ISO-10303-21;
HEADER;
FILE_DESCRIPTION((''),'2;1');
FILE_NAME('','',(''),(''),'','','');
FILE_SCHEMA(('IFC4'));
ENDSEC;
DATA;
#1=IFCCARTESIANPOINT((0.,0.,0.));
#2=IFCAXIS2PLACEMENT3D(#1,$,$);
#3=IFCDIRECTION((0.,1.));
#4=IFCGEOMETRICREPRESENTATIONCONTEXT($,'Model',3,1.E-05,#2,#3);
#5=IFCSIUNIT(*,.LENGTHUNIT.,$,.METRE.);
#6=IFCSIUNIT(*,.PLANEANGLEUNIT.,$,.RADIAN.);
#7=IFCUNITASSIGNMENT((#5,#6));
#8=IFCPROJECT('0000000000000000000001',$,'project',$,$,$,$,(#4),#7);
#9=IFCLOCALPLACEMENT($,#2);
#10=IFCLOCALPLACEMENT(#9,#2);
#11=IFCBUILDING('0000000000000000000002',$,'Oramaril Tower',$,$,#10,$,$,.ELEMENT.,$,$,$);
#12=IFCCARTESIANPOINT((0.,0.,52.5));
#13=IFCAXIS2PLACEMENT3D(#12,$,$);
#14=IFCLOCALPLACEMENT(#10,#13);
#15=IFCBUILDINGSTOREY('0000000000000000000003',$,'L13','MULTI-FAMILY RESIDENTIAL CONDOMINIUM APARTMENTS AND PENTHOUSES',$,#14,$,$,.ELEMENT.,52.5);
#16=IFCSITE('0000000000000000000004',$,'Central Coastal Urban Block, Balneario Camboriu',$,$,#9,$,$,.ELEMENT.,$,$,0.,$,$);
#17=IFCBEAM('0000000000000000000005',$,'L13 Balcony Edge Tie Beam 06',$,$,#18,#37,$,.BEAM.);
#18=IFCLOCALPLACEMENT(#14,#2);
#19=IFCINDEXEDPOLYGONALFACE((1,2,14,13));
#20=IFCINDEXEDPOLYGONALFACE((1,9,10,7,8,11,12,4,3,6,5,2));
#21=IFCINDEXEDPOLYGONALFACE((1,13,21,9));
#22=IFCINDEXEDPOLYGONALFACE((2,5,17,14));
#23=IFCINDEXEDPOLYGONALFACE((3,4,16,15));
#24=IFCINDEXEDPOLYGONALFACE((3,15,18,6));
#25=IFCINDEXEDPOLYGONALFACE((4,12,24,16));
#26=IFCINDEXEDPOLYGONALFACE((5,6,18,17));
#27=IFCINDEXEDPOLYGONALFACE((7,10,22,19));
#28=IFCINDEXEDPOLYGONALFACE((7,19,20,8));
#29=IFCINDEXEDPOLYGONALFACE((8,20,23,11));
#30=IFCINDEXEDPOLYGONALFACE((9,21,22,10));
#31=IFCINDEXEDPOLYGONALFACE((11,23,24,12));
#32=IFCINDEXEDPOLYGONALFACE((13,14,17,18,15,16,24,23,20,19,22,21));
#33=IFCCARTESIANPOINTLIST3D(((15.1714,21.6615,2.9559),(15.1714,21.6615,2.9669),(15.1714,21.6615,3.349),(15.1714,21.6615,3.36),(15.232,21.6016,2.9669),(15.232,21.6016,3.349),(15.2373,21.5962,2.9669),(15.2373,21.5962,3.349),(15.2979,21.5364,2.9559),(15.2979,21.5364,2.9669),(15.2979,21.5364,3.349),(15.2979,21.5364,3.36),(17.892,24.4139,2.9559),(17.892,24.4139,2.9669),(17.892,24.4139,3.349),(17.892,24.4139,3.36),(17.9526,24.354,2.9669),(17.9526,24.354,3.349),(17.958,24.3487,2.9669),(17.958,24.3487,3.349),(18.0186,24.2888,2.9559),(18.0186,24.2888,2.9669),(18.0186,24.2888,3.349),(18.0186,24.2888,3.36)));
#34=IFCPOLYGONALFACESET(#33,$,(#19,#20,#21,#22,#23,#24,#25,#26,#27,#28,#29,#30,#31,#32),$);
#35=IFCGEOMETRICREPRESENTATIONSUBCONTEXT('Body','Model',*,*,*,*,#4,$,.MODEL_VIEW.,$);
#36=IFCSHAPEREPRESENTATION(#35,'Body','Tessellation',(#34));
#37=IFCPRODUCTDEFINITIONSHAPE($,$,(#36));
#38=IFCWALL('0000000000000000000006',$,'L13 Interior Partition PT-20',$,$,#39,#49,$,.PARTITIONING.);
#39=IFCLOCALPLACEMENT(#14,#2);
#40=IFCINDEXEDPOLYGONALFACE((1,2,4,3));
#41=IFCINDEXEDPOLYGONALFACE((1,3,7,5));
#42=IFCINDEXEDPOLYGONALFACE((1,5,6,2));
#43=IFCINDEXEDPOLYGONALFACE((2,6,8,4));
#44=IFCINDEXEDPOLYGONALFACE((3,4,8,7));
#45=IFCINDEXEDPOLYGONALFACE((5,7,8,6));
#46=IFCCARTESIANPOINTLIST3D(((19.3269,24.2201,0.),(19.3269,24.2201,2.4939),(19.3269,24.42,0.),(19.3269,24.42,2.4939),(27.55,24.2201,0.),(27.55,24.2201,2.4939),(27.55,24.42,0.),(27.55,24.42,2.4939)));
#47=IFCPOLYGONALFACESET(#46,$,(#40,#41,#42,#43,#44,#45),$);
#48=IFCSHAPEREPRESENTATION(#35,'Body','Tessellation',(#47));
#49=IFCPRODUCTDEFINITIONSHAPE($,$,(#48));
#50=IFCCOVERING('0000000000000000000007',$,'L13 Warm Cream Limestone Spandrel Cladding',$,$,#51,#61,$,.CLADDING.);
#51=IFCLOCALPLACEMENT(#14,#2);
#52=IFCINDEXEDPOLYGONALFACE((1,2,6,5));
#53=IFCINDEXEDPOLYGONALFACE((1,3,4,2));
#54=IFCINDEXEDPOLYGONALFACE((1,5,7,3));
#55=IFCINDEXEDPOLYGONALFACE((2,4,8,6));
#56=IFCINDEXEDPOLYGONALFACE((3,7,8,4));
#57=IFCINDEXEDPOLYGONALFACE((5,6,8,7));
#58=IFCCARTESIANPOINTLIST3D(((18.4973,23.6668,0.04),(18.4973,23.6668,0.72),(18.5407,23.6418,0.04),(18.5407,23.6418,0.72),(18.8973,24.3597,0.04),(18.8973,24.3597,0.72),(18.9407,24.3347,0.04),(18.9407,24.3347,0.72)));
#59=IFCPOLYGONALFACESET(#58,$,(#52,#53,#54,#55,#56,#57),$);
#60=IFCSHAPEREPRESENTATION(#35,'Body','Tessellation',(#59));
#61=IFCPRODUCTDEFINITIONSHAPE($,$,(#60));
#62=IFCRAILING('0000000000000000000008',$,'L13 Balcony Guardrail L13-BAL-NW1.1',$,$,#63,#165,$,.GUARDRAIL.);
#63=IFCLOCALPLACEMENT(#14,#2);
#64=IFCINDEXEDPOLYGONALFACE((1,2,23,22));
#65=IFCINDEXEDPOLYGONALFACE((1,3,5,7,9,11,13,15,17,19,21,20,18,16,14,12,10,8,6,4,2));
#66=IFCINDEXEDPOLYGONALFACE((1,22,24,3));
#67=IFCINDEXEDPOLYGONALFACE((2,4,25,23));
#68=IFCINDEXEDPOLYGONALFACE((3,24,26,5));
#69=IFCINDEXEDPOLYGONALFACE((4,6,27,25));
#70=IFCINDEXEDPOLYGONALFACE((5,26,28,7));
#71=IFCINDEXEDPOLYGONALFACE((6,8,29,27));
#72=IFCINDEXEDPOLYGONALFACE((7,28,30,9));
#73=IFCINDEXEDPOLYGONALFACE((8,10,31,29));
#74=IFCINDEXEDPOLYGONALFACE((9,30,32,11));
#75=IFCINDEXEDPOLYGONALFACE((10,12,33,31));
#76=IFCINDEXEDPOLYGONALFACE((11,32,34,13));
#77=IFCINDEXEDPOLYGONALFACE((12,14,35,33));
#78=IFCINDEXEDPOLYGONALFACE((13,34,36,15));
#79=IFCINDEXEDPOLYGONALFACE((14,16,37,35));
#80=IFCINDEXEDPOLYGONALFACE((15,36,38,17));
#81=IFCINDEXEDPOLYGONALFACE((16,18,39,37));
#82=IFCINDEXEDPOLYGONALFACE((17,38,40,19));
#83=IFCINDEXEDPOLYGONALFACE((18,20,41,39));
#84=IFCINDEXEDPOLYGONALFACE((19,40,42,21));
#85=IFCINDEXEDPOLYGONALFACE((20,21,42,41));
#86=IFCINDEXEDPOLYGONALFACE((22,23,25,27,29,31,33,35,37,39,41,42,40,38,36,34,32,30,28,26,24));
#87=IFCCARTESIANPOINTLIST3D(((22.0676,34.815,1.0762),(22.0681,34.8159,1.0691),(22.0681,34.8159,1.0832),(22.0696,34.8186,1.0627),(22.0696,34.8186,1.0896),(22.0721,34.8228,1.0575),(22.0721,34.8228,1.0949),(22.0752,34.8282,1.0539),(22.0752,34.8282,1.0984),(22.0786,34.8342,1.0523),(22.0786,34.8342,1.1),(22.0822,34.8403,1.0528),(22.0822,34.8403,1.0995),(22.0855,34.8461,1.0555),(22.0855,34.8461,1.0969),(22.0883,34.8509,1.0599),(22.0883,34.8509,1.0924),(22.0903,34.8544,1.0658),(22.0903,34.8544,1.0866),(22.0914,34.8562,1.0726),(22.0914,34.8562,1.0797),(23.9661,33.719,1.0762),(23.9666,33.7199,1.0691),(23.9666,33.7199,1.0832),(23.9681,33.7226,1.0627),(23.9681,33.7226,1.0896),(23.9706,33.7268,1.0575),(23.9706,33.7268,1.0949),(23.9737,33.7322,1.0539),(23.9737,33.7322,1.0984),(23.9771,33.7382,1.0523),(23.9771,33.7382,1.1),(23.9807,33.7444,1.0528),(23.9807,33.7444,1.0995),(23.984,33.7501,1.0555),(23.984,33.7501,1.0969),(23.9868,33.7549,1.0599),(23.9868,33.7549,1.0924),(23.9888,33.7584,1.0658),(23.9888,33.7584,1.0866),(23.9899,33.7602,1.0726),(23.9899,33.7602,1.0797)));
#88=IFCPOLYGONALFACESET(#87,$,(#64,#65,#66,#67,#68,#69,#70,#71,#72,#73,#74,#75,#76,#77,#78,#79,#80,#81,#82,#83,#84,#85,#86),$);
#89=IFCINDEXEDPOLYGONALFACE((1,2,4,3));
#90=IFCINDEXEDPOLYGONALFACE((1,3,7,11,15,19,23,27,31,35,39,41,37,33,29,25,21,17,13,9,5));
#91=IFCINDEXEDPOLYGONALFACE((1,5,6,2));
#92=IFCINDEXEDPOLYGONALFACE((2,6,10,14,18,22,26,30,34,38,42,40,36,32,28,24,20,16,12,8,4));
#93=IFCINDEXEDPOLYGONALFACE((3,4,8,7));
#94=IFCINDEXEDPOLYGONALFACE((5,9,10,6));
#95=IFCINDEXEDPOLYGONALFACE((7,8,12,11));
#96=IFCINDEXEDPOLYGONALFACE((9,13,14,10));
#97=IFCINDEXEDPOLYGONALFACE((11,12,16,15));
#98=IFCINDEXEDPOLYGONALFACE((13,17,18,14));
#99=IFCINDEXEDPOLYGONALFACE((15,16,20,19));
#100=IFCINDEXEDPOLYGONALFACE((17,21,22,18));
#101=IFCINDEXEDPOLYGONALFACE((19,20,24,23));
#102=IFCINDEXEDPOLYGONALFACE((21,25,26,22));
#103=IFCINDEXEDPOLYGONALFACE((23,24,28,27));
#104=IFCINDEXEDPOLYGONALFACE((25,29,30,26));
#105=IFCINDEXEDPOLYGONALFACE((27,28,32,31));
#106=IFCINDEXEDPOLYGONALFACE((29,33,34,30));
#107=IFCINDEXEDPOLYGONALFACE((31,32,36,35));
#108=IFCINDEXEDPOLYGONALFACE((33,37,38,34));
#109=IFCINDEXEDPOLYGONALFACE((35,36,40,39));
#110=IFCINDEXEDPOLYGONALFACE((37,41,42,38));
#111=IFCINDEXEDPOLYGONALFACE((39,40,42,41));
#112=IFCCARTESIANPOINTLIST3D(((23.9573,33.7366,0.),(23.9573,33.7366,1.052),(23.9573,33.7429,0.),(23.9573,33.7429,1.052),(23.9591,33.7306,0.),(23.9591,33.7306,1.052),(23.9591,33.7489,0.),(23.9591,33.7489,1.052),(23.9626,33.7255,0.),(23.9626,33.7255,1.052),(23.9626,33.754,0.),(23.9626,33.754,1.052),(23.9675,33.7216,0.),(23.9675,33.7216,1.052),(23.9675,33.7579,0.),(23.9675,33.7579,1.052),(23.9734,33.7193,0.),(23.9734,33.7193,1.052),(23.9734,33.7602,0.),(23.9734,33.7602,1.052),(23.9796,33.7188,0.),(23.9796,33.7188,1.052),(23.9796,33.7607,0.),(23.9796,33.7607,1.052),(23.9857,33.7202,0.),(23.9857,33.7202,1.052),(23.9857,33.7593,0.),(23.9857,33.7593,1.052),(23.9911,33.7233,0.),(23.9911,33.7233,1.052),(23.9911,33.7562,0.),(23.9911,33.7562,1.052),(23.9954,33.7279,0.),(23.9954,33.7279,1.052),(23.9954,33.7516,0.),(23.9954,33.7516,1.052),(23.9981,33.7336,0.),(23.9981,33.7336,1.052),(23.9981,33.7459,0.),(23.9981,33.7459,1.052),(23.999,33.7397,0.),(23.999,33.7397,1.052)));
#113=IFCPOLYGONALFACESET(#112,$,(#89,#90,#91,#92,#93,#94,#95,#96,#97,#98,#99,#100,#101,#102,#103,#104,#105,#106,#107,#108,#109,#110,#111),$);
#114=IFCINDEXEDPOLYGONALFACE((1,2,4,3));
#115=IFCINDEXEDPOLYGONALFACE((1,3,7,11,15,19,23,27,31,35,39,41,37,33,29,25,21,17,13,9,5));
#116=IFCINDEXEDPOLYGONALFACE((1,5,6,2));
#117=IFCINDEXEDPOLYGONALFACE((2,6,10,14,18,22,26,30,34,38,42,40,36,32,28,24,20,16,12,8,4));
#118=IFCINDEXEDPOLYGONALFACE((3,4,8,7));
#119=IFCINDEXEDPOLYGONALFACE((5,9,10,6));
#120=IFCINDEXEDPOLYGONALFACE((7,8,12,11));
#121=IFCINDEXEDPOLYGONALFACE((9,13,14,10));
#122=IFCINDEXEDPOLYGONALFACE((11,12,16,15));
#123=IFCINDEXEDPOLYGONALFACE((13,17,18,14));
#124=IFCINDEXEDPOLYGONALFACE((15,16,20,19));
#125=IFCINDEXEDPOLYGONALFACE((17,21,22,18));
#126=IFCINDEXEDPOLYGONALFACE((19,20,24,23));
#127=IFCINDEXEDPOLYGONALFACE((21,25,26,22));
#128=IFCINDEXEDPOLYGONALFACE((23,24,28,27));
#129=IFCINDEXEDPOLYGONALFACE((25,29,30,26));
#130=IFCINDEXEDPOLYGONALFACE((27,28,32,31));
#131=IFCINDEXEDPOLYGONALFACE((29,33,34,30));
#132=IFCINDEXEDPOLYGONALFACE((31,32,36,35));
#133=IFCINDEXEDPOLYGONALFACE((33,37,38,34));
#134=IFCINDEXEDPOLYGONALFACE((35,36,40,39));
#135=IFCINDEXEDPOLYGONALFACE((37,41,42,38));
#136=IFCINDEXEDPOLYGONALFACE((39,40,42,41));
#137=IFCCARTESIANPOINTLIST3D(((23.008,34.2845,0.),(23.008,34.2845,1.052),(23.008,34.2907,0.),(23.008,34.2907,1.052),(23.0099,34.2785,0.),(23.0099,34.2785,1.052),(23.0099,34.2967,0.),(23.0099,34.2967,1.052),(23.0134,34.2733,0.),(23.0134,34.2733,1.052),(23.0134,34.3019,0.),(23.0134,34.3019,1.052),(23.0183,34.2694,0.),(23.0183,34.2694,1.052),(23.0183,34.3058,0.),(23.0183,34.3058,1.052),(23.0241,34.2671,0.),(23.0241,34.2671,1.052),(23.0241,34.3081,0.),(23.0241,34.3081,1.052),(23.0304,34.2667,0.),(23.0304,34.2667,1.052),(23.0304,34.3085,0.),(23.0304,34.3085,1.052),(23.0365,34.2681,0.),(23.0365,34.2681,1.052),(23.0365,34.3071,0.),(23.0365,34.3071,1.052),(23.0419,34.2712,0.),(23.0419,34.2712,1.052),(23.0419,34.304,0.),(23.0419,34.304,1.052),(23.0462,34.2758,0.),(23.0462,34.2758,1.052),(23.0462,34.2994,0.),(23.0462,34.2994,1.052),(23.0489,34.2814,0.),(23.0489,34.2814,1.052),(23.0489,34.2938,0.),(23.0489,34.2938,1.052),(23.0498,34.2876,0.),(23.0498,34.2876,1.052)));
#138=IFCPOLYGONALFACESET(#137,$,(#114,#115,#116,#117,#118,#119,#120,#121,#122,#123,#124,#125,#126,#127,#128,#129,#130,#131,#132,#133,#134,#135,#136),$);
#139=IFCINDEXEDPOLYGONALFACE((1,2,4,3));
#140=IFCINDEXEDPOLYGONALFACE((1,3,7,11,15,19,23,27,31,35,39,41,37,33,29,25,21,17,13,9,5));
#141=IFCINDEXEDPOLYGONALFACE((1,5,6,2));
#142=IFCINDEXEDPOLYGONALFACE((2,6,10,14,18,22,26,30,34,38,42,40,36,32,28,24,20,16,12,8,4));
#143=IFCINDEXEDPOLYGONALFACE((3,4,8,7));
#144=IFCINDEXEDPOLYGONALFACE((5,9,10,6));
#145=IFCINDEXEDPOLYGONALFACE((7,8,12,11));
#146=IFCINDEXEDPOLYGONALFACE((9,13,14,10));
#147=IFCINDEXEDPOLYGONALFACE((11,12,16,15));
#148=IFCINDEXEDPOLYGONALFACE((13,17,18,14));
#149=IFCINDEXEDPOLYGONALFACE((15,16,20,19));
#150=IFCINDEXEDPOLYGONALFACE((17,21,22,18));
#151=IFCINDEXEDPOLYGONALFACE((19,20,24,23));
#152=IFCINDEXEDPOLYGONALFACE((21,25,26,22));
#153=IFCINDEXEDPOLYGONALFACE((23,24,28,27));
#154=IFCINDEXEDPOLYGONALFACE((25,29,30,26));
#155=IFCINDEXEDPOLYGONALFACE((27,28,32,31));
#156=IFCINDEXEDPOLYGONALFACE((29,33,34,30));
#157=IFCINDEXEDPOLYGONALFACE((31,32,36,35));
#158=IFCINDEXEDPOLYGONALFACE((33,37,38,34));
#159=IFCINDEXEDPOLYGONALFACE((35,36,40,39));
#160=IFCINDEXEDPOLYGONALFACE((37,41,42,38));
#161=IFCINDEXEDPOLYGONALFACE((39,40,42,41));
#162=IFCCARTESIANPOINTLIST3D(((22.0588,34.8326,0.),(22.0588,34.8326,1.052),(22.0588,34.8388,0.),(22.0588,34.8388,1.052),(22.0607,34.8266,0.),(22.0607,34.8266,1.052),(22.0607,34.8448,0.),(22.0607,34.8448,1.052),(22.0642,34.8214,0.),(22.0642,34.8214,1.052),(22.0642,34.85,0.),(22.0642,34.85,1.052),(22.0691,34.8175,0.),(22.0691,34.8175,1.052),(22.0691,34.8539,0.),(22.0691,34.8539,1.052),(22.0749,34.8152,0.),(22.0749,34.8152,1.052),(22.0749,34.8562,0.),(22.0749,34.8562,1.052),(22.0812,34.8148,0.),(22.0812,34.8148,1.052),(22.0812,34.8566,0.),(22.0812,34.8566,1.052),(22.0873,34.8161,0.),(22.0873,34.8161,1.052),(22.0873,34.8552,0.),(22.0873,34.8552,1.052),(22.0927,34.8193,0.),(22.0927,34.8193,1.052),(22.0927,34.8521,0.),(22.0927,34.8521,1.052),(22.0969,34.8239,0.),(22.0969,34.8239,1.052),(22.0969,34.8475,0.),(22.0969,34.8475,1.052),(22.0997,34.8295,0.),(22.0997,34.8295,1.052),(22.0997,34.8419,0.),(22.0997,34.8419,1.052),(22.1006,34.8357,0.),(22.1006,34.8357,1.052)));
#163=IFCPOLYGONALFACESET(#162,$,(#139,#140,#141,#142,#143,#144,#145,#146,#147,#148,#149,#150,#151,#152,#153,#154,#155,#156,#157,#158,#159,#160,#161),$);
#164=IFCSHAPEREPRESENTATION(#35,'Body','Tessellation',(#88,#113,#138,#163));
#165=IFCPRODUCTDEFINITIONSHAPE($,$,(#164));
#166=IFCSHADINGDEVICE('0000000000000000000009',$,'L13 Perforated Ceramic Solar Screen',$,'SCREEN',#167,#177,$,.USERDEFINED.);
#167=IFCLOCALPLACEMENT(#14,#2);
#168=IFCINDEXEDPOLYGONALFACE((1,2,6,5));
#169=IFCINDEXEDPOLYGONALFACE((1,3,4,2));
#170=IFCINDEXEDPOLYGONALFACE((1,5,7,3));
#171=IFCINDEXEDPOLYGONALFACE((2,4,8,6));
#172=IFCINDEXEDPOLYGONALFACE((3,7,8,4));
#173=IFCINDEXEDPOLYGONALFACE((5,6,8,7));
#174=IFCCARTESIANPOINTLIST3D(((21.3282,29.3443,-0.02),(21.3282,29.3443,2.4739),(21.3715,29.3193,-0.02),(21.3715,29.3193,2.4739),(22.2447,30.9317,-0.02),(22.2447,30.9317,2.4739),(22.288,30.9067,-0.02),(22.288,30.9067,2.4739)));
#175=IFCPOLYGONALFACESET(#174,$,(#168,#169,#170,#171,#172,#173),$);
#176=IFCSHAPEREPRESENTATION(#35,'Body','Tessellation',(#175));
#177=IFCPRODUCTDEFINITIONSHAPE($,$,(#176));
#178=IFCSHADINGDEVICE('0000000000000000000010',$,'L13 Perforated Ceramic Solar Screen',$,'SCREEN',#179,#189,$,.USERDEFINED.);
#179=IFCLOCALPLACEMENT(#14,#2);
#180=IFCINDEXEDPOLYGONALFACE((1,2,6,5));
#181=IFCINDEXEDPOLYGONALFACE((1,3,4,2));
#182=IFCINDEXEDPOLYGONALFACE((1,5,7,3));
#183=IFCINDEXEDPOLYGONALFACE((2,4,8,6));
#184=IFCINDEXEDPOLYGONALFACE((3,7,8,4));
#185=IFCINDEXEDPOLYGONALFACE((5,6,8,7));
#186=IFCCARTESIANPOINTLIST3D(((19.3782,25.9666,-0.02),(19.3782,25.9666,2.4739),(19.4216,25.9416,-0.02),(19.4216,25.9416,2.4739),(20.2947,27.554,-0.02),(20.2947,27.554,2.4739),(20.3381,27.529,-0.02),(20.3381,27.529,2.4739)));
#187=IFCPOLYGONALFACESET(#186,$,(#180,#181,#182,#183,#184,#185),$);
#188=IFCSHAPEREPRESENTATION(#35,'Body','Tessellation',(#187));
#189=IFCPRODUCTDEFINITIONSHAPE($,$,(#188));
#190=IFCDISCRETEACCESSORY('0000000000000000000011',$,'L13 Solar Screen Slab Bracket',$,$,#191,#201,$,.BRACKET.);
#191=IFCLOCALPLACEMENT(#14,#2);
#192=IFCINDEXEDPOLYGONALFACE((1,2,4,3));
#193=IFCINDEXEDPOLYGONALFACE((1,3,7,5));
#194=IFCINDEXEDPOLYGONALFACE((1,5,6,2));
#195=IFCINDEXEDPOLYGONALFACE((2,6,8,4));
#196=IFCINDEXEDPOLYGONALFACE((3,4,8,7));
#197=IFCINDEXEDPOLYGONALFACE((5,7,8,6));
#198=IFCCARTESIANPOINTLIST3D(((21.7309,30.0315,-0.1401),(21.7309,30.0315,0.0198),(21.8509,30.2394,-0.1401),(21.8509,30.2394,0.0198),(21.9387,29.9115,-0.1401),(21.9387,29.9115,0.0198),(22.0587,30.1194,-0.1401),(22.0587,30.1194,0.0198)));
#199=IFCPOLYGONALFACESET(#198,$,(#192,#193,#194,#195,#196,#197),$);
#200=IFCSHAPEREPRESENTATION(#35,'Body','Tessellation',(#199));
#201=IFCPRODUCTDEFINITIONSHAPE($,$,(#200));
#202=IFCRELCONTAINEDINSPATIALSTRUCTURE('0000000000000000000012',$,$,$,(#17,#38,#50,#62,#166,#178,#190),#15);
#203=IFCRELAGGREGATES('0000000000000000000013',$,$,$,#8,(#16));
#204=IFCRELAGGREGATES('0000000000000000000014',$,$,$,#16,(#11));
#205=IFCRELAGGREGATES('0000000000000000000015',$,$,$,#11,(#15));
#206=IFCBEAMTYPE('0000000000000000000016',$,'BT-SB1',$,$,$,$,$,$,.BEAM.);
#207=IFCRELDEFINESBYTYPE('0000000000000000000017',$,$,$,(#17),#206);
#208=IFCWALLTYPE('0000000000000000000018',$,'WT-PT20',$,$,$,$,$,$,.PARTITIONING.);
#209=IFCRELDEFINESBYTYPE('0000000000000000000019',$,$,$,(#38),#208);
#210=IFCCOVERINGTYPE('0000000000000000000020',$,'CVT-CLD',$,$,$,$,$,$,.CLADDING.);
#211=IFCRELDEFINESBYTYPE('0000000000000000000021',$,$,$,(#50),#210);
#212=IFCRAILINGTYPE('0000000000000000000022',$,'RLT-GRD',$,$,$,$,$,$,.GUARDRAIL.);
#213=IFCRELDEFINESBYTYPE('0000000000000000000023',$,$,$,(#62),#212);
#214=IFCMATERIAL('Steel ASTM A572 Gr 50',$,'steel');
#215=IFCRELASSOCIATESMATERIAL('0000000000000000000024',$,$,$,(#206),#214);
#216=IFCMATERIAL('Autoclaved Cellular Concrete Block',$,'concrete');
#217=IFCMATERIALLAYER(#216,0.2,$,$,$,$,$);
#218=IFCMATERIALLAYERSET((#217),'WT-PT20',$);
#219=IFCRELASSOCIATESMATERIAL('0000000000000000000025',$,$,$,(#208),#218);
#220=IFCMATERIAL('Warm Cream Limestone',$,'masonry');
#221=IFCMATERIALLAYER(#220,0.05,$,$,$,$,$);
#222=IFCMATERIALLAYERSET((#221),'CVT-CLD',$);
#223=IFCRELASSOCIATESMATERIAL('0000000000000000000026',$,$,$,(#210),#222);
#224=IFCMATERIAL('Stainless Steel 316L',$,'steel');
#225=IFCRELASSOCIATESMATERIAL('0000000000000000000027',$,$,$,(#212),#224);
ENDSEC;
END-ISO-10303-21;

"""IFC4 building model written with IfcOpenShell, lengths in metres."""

from ifc_helpers import new_model, si_unit, direction, frame, frame_2d, origin, origin_2d, place, context, subcontext, project, spatial, rectangle, circle, i_section, extrude, material, layer, layer_set, material_profile, profile_set, type_object, element, save


model = new_model("IFC4")

# Units and contexts
model_context = context("Model", 3, precision=1e-05, world=origin(), true_north=direction((0.0, 1.0)))
body_context = subcontext(model_context, "Body", "Model", "MODEL_VIEW")
ifc_project = project(units=[si_unit("LENGTHUNIT", "METRE"), si_unit("PLANEANGLEUNIT", "RADIAN")], contexts=[model_context])

# Site, building, storey
site_placement = place(None, origin())
site = spatial("IfcSite", under=ifc_project, at=site_placement, Name="Central Coastal Urban Block, Balneario Camboriu", CompositionType="ELEMENT", RefElevation=0.0)
building_placement = place(site_placement, origin())
building = spatial("IfcBuilding", under=site, at=building_placement, Name="Oramaril Tower", CompositionType="ELEMENT")
storey_placement = place(building_placement, frame((0.0, 0.0, 52.5)))
storey = spatial("IfcBuildingStorey", under=building, at=storey_placement, Name="L13", Description="MULTI-FAMILY RESIDENTIAL CONDOMINIUM APARTMENTS AND PENTHOUSES", CompositionType="ELEMENT", Elevation=52.5)

# Beam
ifc_material_1 = material(Name="Steel ASTM A572 Gr 50", Category="steel")
ifc_material_profile = material_profile(ifc_material_1, i_section(OverallWidth=0.178, OverallDepth=0.4041, WebThickness=0.0076, FlangeThickness=0.011, at=origin_2d()), Name="W16X36")
ifc_profile_set = profile_set([ifc_material_profile], Name="Steel ASTM A572 Gr 50")
beam_type = type_object("IfcBeamType", Name="BT-SB1", PredefinedType="BEAM", material=ifc_profile_set)
beam_placement = place(storey_placement, frame((17.9553, 24.3513, 3.158), z_axis=(-0.702995, -0.711195, 0.0), x_axis=(0.711195, -0.702995, 0.0)))
element("IfcBeam", 1, at=beam_placement, inside=storey, type_object=beam_type, Name="L13 Balcony Edge Tie Beam 06", PredefinedType="BEAM", context=body_context, shape_type="SweptSolid", body=[
    extrude(i_section(OverallWidth=0.178, OverallDepth=0.4041, WebThickness=0.0076, FlangeThickness=0.011, at=origin_2d()), origin(), (0.0, 0.0, 1.0), 3.8701),
])

# Wall
ifc_material_2 = material(Name="Autoclaved Cellular Concrete Block", Category="concrete")
ifc_layer_1 = layer(ifc_material_2, 0.2)
ifc_layer_set_1 = layer_set([ifc_layer_1], Name="WT-PT20")
wall_type = type_object("IfcWallType", Name="WT-PT20", PredefinedType="PARTITIONING", material=ifc_layer_set_1)
wall_1_placement = place(storey_placement, frame((19.3269, 24.3201, 0.0), z_axis=(0.0, 0.0, 1.0), x_axis=(1.0, 0.0, 0.0)))
element("IfcWall", 2, at=wall_1_placement, inside=storey, type_object=wall_type, Name="L13 Interior Partition PT-20", PredefinedType="PARTITIONING", context=body_context, shape_type="SweptSolid", body=[
    extrude(rectangle(XDim=8.2231, YDim=0.2, at=frame_2d((4.1116, 0.0))), origin(), (0.0, 0.0, 1.0), 2.4939),
])

# Covering
ifc_material_3 = material(Name="Warm Cream Limestone", Category="masonry")
ifc_layer_2 = layer(ifc_material_3, 0.05)
ifc_layer_set_2 = layer_set([ifc_layer_2], Name="CVT-CLD")
covering_type = type_object("IfcCoveringType", Name="CVT-CLD", PredefinedType="CLADDING", material=ifc_layer_set_2)
covering_placement = place(storey_placement, frame((18.719, 24.0007, 0.04), z_axis=(0.0, 0.0, 1.0), x_axis=(-0.5, -0.866025, 0.0)))
element("IfcCovering", 3, at=covering_placement, inside=storey, type_object=covering_type, Name="L13 Warm Cream Limestone Spandrel Cladding", PredefinedType="CLADDING", context=body_context, shape_type="SweptSolid", body=[
    extrude(rectangle(XDim=0.8, YDim=0.05, at=origin_2d()), origin(), (0.0, 0.0, 1.0), 0.6799),
])

# Railing
ifc_material_4 = material(Name="Stainless Steel 316L", Category="steel")
railing_type = type_object("IfcRailingType", Name="RLT-GRD", PredefinedType="GUARDRAIL", material=ifc_material_4)
railing_placement = place(storey_placement, frame((23.978, 33.7397, 0.0)))
element("IfcRailing", 4, at=railing_placement, inside=storey, type_object=railing_type, Name="L13 Balcony Guardrail L13-BAL-NW1.1", PredefinedType="GUARDRAIL", context=body_context, shape_type="SweptSolid", body=[
    extrude(circle(Radius=0.0239, at=origin_2d()), frame((0.0, 0.0, 1.0762), z_axis=(-0.866048, 0.49996, 0.0), x_axis=(-0.49996, -0.866048, 0.0)), (0.0, 0.0, 1.0), 2.1921),
    extrude(circle(Radius=0.021, at=origin_2d()), origin(), (0.0, 0.0, 1.0), 1.052),
    extrude(circle(Radius=0.021, at=origin_2d()), frame((-0.9492, 0.5479, 0.0)), (0.0, 0.0, 1.0), 1.052),
    extrude(circle(Radius=0.021, at=origin_2d()), frame((-1.8984, 1.0959, 0.0)), (0.0, 0.0, 1.0), 1.052),
])

# Shading devices
for number, where, z_axis, x_axis, name in (
    (5, (21.8081, 30.1255, -0.02), (0.0, 0.0, 1.0), (-0.5, -0.866025, 0.0), "L13 Perforated Ceramic Solar Screen"),
    (6, (19.8582, 26.7478, -0.02), (0.0, 0.0, 1.0), (-0.5, -0.866025, 0.0), "L13 Perforated Ceramic Solar Screen"),
):
    element("IfcShadingDevice", number, at=place(storey_placement, frame(where, z_axis=z_axis, x_axis=x_axis)), inside=storey, Name=name, ObjectType="SCREEN", PredefinedType="USERDEFINED", context=body_context, shape_type="SweptSolid", body=[
        extrude(rectangle(XDim=1.833, YDim=0.05, at=origin_2d()), origin(), (0.0, 0.0, 1.0), 2.4939),
    ])

# Discrete accessory
for number, where, z_axis, x_axis, name in (
    (7, (21.8948, 30.0754, -0.1401), (0.0, 0.0, 1.0), (-0.5, -0.866025, 0.0), "L13 Solar Screen Slab Bracket"),
):
    element("IfcDiscreteAccessory", number, at=place(storey_placement, frame(where, z_axis=z_axis, x_axis=x_axis)), inside=storey, Name=name, PredefinedType="BRACKET", context=body_context, shape_type="SweptSolid", body=[
        extrude(rectangle(XDim=0.24, YDim=0.24, at=origin_2d()), origin(), (0.0, 0.0, 1.0), 0.1599),
    ])

save(model, "model.ifc")
